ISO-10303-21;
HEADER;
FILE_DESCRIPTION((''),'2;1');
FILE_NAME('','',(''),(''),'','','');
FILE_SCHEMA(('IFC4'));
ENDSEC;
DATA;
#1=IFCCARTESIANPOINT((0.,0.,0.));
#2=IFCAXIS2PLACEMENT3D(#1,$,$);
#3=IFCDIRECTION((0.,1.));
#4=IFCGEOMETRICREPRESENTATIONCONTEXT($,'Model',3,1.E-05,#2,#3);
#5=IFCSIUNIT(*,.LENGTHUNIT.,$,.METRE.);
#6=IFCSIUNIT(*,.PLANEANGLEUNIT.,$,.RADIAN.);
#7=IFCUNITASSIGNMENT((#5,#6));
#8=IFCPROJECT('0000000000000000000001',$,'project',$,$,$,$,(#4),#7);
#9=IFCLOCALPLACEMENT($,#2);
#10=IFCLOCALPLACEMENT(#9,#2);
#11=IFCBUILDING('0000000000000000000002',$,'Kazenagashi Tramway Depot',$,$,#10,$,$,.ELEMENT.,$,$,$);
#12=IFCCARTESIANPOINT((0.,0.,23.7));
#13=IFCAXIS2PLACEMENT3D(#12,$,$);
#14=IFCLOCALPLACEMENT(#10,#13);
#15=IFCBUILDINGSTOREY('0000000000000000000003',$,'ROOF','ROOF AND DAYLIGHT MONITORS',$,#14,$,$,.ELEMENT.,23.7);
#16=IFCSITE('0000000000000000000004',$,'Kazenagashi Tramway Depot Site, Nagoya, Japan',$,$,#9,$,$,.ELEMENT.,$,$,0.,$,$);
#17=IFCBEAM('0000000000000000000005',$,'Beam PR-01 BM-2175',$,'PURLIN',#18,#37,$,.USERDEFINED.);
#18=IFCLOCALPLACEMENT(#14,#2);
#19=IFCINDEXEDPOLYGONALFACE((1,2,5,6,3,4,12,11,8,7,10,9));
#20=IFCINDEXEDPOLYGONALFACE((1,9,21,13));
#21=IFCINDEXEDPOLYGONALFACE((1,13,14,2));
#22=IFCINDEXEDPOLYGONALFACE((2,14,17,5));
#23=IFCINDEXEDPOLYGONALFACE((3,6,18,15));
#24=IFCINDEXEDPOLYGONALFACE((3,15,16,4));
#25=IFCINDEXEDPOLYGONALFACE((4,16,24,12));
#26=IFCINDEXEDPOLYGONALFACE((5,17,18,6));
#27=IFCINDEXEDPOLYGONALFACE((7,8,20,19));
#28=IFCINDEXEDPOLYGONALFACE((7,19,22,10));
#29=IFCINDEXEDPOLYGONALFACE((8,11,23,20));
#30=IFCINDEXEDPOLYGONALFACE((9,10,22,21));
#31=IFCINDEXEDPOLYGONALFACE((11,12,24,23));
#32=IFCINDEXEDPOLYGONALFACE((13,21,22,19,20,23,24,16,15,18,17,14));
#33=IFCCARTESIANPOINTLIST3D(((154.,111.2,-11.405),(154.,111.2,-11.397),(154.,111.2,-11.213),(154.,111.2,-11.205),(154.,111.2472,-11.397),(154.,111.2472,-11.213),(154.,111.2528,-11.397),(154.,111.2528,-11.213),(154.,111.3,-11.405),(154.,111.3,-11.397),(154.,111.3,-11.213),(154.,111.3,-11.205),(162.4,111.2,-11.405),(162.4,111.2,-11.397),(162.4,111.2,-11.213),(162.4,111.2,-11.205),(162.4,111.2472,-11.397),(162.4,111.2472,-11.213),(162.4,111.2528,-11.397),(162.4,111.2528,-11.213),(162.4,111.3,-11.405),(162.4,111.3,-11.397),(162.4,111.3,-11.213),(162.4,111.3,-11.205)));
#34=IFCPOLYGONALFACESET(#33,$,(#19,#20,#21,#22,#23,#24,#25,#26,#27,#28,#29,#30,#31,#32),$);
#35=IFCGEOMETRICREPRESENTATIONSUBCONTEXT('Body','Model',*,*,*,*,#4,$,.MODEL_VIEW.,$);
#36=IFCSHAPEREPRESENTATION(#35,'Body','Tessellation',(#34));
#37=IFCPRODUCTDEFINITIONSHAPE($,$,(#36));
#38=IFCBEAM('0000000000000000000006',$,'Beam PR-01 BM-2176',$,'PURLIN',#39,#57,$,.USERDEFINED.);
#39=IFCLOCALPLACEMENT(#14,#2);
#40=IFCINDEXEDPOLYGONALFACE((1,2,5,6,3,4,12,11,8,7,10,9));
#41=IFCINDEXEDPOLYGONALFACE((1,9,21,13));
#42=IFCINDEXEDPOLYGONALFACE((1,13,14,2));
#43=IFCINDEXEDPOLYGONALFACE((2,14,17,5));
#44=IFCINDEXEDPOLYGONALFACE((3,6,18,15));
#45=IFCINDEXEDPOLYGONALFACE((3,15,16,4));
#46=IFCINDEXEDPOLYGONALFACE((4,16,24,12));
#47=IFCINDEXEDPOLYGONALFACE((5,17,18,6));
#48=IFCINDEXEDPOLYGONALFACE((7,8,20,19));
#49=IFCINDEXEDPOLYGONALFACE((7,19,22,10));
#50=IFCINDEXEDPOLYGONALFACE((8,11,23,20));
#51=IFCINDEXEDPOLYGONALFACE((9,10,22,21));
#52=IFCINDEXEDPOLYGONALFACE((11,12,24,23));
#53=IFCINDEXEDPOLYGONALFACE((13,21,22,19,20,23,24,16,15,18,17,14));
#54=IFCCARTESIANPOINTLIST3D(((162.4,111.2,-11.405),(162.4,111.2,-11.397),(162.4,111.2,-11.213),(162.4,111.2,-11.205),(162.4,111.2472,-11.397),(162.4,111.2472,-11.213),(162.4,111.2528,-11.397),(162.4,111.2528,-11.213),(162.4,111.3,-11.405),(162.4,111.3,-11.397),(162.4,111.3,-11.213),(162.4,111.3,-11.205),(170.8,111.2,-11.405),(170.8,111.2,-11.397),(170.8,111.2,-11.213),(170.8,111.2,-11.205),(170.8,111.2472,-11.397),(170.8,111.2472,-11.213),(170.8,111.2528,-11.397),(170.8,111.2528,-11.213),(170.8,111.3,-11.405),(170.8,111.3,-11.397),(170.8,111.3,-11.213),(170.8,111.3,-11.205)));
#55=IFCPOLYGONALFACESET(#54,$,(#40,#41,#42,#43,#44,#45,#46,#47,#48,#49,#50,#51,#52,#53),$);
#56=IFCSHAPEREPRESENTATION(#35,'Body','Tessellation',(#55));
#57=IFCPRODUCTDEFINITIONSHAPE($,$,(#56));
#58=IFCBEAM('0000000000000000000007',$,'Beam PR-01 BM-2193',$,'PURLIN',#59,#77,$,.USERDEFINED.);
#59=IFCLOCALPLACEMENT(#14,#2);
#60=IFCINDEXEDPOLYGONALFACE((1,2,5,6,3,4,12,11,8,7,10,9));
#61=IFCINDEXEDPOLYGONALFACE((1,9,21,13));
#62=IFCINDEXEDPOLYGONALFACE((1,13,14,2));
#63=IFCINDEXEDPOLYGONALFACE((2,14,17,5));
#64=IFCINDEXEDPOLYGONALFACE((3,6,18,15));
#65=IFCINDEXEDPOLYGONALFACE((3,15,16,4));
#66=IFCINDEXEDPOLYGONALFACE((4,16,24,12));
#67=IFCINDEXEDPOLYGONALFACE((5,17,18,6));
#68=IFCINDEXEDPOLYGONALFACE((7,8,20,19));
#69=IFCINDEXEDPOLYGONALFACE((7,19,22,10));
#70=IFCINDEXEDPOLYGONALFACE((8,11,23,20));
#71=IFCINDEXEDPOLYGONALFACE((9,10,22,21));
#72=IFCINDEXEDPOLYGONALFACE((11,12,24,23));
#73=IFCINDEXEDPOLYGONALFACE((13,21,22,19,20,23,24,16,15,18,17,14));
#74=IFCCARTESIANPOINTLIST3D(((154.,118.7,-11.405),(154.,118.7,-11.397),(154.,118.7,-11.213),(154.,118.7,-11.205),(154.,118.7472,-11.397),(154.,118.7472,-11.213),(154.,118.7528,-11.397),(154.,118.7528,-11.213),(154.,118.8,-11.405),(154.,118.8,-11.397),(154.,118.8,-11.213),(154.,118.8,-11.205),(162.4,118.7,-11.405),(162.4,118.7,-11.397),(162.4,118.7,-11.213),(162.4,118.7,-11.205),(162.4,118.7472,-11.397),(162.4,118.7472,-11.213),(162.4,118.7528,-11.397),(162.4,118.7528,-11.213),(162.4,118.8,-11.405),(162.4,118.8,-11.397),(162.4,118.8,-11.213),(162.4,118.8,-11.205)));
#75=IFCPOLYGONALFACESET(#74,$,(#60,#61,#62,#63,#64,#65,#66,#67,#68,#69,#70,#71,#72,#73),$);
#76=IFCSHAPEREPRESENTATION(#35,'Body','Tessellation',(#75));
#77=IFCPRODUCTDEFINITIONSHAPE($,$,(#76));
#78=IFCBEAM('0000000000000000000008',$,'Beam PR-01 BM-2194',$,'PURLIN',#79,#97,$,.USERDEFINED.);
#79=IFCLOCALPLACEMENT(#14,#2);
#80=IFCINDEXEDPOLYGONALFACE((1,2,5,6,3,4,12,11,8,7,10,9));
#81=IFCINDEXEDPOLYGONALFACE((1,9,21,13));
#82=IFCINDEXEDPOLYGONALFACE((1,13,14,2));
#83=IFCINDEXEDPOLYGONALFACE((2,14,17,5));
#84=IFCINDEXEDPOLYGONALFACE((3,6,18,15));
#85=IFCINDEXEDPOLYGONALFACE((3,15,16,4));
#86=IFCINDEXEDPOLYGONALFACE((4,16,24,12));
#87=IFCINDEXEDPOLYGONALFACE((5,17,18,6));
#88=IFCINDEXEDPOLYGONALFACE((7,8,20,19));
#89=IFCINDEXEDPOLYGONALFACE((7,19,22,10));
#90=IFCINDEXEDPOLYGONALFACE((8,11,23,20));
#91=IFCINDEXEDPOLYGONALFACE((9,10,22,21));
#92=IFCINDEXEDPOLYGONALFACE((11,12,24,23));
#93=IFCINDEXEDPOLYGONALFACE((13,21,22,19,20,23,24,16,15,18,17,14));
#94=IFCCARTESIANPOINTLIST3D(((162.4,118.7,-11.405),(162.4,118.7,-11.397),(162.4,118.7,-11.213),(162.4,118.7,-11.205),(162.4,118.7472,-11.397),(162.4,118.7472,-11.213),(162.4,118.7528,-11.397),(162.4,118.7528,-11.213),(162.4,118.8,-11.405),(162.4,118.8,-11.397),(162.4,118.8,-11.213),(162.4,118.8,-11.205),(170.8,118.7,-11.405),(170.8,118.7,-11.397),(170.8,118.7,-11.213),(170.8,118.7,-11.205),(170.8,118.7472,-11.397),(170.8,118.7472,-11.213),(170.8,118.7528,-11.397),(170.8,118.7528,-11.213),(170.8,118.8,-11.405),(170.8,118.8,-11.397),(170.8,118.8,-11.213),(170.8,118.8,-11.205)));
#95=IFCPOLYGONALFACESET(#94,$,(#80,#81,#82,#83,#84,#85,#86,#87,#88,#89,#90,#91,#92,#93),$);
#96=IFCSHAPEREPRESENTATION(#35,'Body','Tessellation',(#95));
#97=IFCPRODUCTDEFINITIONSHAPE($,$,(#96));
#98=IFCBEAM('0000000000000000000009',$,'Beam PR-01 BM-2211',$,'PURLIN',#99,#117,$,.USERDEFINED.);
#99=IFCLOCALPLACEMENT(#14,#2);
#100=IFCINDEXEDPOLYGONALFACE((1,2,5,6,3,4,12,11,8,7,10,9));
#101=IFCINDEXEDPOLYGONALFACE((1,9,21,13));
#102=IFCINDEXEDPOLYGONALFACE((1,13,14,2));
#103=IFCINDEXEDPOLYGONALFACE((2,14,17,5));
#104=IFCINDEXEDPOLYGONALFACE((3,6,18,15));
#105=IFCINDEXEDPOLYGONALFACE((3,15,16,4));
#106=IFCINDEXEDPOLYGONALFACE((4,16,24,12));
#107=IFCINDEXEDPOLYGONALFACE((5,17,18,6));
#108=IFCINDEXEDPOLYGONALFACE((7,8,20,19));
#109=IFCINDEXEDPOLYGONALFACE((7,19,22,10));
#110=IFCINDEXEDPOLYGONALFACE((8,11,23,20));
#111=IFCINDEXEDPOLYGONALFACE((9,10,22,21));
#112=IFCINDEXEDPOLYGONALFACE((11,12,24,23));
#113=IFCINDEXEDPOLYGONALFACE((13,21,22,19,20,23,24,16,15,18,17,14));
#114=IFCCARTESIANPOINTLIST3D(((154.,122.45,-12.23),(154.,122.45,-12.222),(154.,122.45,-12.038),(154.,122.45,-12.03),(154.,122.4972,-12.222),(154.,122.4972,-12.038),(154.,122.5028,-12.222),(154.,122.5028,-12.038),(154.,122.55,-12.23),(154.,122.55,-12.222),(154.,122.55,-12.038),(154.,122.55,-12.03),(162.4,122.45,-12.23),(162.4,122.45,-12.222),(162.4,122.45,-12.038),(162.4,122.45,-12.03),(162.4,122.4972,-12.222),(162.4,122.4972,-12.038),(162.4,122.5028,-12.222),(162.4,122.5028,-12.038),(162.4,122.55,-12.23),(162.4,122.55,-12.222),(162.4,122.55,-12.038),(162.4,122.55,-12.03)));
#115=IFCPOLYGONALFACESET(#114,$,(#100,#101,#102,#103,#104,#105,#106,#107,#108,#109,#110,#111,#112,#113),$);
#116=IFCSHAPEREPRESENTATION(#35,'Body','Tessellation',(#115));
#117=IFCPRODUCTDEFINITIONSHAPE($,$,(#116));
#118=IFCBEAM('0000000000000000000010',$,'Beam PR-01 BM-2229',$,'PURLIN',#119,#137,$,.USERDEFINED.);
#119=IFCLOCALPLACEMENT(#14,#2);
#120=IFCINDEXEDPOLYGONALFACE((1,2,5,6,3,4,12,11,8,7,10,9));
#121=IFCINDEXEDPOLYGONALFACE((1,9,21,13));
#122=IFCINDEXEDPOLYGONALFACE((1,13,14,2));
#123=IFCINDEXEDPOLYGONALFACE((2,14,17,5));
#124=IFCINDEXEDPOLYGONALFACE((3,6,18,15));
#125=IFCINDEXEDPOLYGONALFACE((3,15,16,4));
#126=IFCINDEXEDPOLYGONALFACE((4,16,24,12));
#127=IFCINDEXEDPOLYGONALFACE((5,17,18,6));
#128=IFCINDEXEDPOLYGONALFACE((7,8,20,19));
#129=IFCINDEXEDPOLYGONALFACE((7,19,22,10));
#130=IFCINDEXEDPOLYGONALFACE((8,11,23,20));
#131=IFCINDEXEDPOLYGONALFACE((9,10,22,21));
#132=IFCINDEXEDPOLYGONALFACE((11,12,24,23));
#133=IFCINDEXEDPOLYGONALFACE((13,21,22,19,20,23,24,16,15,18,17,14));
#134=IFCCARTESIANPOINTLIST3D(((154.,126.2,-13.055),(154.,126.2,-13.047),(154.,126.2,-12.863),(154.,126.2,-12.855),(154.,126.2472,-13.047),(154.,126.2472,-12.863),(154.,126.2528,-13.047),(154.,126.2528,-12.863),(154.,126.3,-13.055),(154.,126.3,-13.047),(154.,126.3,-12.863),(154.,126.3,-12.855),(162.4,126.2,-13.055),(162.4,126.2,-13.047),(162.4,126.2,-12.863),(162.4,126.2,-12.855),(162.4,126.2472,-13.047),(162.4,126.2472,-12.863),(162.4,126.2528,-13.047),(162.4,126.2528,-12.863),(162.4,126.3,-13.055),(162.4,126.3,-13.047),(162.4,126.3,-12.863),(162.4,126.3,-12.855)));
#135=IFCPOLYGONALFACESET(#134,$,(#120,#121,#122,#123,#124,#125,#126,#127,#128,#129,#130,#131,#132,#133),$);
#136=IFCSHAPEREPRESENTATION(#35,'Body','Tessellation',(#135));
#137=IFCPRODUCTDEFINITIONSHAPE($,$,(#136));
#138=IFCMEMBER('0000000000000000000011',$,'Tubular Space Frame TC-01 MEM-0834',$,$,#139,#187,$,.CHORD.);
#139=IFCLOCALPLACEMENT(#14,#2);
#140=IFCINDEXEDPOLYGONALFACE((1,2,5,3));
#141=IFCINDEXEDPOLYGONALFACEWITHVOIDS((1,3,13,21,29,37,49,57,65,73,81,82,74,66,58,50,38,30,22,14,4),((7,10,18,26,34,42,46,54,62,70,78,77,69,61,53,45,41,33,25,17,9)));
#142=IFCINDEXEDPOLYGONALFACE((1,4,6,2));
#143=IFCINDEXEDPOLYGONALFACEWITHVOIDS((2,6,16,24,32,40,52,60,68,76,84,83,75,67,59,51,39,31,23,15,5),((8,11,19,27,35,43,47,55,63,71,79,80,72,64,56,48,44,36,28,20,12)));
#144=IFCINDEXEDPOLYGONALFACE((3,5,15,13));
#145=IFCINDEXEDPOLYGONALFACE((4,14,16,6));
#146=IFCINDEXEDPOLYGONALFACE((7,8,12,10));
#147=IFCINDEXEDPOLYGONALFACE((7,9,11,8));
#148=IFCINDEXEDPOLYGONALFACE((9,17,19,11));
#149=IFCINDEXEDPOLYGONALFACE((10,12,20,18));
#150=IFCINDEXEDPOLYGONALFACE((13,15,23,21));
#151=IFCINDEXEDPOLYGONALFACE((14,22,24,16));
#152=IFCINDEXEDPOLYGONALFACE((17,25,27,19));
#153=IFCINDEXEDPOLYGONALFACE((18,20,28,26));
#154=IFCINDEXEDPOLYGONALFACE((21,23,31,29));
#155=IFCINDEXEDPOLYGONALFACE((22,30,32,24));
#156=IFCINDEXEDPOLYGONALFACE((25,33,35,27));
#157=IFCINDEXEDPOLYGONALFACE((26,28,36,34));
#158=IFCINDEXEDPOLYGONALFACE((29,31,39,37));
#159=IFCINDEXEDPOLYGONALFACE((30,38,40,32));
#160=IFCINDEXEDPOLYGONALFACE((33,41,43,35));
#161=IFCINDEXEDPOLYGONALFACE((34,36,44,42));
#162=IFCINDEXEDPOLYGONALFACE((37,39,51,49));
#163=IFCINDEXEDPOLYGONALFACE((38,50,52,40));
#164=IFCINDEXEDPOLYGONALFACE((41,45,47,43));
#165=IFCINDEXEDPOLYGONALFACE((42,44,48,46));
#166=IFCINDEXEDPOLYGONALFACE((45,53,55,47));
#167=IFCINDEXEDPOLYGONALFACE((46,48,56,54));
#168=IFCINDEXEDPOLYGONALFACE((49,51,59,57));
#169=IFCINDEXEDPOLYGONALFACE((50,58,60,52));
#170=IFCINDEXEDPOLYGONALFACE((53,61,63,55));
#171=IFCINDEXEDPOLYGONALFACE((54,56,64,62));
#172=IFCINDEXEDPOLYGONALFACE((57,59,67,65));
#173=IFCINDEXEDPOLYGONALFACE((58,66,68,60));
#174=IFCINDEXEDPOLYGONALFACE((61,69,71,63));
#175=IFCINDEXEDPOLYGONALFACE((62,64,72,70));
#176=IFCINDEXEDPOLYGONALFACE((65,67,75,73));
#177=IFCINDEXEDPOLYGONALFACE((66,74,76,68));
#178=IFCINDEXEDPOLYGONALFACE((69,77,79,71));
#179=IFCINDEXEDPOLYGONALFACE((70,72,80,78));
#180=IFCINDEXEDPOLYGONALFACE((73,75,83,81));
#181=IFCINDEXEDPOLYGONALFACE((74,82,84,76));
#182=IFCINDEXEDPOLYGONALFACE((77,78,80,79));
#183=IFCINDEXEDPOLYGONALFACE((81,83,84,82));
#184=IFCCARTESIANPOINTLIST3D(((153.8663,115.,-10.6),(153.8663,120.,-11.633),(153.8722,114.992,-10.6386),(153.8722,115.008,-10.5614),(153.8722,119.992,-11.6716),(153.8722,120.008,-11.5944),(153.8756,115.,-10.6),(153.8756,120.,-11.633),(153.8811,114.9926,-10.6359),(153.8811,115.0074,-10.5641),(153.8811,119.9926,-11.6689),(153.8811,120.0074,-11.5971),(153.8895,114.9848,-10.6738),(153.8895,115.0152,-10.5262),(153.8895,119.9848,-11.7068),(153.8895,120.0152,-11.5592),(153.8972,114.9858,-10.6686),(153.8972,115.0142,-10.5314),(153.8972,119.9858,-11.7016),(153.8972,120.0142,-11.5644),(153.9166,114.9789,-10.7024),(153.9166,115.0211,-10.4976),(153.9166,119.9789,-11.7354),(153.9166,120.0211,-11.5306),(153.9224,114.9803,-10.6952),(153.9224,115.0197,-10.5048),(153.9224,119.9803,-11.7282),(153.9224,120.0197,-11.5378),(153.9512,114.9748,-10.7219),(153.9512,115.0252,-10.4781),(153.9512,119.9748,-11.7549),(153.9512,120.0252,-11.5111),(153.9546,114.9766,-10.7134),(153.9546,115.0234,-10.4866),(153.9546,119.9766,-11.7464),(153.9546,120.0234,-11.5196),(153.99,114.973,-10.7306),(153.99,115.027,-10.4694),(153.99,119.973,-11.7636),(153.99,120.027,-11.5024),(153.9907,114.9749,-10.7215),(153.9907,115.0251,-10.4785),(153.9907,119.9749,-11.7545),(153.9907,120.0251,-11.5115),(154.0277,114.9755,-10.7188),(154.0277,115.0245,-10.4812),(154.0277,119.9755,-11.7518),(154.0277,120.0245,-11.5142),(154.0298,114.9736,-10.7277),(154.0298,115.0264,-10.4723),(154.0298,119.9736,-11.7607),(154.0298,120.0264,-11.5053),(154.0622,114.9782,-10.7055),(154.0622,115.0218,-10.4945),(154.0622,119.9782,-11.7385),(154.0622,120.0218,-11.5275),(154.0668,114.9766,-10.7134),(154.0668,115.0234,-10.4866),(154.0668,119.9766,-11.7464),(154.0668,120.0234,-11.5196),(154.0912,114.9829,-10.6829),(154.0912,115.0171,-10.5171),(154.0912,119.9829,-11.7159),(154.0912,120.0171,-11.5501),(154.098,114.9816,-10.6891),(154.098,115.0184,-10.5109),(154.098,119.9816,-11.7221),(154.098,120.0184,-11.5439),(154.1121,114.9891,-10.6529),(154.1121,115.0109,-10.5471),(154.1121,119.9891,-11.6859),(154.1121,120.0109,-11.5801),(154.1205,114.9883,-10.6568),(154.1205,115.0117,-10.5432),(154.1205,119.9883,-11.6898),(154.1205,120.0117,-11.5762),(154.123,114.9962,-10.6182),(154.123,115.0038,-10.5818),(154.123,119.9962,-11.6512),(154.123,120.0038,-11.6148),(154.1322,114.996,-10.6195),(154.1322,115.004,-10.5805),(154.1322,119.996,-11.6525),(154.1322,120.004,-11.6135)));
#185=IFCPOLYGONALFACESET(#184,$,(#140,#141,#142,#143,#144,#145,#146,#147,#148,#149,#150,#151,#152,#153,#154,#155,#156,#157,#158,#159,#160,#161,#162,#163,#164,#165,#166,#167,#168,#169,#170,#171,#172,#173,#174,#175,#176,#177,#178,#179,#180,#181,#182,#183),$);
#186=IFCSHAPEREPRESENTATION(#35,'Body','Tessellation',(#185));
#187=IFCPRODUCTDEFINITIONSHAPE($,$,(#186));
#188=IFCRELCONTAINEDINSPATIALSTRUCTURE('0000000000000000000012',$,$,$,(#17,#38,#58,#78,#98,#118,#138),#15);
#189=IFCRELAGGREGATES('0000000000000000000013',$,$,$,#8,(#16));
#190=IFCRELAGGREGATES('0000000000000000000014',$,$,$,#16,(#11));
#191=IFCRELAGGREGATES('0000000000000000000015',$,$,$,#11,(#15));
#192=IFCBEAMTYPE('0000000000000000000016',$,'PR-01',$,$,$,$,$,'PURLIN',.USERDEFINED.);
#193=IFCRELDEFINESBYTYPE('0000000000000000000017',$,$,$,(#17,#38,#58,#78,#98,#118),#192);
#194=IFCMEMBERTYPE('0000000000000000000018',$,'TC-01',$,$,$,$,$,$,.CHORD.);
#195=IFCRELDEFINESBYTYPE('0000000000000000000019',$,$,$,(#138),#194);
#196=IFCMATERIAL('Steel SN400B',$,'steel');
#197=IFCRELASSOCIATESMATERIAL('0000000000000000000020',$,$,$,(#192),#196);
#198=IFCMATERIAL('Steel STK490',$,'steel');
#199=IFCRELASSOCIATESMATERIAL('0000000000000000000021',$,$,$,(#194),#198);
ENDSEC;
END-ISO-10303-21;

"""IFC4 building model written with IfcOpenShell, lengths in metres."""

from ifc_helpers import new_model, si_unit, direction, frame, origin, origin_2d, place, context, subcontext, project, spatial, hollow_circle, i_section, extrude, material, material_profile, profile_set, type_object, element, save


model = new_model("IFC4")

# Units and contexts
model_context = context("Model", 3, precision=1e-05, world=origin(), true_north=direction((0.0, 1.0)))
body_context = subcontext(model_context, "Body", "Model", "MODEL_VIEW")
ifc_project = project(units=[si_unit("LENGTHUNIT", "METRE"), si_unit("PLANEANGLEUNIT", "RADIAN")], contexts=[model_context])

# Site, building, storey
site_placement = place(None, origin())
site = spatial("IfcSite", under=ifc_project, at=site_placement, Name="Kazenagashi Tramway Depot Site, Nagoya, Japan", CompositionType="ELEMENT", RefElevation=0.0)
building_placement = place(site_placement, origin())
building = spatial("IfcBuilding", under=site, at=building_placement, Name="Kazenagashi Tramway Depot", CompositionType="ELEMENT")
storey_placement = place(building_placement, frame((0.0, 0.0, 23.7)))
storey = spatial("IfcBuildingStorey", under=building, at=storey_placement, Name="ROOF", Description="ROOF AND DAYLIGHT MONITORS", CompositionType="ELEMENT", Elevation=23.7)

# Beams
ifc_material_1 = material(Name="Steel SN400B", Category="steel")
ifc_material_profile_1 = material_profile(ifc_material_1, i_section(OverallWidth=0.1, OverallDepth=0.2, WebThickness=0.0055, FlangeThickness=0.008, at=origin_2d()), Name="H-200x100x5.5x8")
ifc_profile_set_1 = profile_set([ifc_material_profile_1], Name="Steel SN400B")
beam_type = type_object("IfcBeamType", Name="PR-01", ElementType="PURLIN", PredefinedType="USERDEFINED", material=ifc_profile_set_1)
for number, where, z_axis, x_axis, name in (
    (1, (154.0, 111.25, -11.305), (1.0, 0.0, 0.0), (0.0, 1.0, 0.0), "Beam PR-01 BM-2175"),
    (2, (162.4, 111.25, -11.305), (1.0, 0.0, 0.0), (0.0, 1.0, 0.0), "Beam PR-01 BM-2176"),
    (3, (154.0, 118.75, -11.305), (1.0, 0.0, 0.0), (0.0, 1.0, 0.0), "Beam PR-01 BM-2193"),
    (4, (162.4, 118.75, -11.305), (1.0, 0.0, 0.0), (0.0, 1.0, 0.0), "Beam PR-01 BM-2194"),
    (5, (154.0, 122.5, -12.13), (1.0, 0.0, 0.0), (0.0, 1.0, 0.0), "Beam PR-01 BM-2211"),
    (6, (154.0, 126.25, -12.955), (1.0, 0.0, 0.0), (0.0, 1.0, 0.0), "Beam PR-01 BM-2229"),
):
    element("IfcBeam", number, at=place(storey_placement, frame(where, z_axis=z_axis, x_axis=x_axis)), inside=storey, type_object=beam_type, Name=name, ObjectType="PURLIN", PredefinedType="USERDEFINED", context=body_context, shape_type="SweptSolid", body=[
        extrude(i_section(OverallWidth=0.1, OverallDepth=0.2, WebThickness=0.0055, FlangeThickness=0.008, at=origin_2d()), origin(), (0.0, 0.0, 1.0), 8.4),
    ])

# Member
ifc_material_2 = material(Name="Steel STK490", Category="steel")
ifc_material_profile_2 = material_profile(ifc_material_2, hollow_circle(Radius=0.1337, WallThickness=0.0093, at=origin_2d()), Name="CHS-267.4x9.3")
ifc_profile_set_2 = profile_set([ifc_material_profile_2], Name="Steel STK490")
member_type_1 = type_object("IfcMemberType", Name="TC-01", PredefinedType="CHORD", material=ifc_profile_set_2)
member_1_placement = place(storey_placement, frame((154.0, 115.0, -10.6), z_axis=(0.0, 0.979318, -0.202327), x_axis=(-1.0, 0.0, 0.0)))
element("IfcMember", 7, at=member_1_placement, inside=storey, type_object=member_type_1, Name="Tubular Space Frame TC-01 MEM-0834", PredefinedType="CHORD", context=body_context, shape_type="SweptSolid", body=[
    extrude(hollow_circle(Radius=0.1337, WallThickness=0.0093, at=origin_2d()), origin(), (0.0, 0.0, 1.0), 5.1056),
])

save(model, "model.ifc")
